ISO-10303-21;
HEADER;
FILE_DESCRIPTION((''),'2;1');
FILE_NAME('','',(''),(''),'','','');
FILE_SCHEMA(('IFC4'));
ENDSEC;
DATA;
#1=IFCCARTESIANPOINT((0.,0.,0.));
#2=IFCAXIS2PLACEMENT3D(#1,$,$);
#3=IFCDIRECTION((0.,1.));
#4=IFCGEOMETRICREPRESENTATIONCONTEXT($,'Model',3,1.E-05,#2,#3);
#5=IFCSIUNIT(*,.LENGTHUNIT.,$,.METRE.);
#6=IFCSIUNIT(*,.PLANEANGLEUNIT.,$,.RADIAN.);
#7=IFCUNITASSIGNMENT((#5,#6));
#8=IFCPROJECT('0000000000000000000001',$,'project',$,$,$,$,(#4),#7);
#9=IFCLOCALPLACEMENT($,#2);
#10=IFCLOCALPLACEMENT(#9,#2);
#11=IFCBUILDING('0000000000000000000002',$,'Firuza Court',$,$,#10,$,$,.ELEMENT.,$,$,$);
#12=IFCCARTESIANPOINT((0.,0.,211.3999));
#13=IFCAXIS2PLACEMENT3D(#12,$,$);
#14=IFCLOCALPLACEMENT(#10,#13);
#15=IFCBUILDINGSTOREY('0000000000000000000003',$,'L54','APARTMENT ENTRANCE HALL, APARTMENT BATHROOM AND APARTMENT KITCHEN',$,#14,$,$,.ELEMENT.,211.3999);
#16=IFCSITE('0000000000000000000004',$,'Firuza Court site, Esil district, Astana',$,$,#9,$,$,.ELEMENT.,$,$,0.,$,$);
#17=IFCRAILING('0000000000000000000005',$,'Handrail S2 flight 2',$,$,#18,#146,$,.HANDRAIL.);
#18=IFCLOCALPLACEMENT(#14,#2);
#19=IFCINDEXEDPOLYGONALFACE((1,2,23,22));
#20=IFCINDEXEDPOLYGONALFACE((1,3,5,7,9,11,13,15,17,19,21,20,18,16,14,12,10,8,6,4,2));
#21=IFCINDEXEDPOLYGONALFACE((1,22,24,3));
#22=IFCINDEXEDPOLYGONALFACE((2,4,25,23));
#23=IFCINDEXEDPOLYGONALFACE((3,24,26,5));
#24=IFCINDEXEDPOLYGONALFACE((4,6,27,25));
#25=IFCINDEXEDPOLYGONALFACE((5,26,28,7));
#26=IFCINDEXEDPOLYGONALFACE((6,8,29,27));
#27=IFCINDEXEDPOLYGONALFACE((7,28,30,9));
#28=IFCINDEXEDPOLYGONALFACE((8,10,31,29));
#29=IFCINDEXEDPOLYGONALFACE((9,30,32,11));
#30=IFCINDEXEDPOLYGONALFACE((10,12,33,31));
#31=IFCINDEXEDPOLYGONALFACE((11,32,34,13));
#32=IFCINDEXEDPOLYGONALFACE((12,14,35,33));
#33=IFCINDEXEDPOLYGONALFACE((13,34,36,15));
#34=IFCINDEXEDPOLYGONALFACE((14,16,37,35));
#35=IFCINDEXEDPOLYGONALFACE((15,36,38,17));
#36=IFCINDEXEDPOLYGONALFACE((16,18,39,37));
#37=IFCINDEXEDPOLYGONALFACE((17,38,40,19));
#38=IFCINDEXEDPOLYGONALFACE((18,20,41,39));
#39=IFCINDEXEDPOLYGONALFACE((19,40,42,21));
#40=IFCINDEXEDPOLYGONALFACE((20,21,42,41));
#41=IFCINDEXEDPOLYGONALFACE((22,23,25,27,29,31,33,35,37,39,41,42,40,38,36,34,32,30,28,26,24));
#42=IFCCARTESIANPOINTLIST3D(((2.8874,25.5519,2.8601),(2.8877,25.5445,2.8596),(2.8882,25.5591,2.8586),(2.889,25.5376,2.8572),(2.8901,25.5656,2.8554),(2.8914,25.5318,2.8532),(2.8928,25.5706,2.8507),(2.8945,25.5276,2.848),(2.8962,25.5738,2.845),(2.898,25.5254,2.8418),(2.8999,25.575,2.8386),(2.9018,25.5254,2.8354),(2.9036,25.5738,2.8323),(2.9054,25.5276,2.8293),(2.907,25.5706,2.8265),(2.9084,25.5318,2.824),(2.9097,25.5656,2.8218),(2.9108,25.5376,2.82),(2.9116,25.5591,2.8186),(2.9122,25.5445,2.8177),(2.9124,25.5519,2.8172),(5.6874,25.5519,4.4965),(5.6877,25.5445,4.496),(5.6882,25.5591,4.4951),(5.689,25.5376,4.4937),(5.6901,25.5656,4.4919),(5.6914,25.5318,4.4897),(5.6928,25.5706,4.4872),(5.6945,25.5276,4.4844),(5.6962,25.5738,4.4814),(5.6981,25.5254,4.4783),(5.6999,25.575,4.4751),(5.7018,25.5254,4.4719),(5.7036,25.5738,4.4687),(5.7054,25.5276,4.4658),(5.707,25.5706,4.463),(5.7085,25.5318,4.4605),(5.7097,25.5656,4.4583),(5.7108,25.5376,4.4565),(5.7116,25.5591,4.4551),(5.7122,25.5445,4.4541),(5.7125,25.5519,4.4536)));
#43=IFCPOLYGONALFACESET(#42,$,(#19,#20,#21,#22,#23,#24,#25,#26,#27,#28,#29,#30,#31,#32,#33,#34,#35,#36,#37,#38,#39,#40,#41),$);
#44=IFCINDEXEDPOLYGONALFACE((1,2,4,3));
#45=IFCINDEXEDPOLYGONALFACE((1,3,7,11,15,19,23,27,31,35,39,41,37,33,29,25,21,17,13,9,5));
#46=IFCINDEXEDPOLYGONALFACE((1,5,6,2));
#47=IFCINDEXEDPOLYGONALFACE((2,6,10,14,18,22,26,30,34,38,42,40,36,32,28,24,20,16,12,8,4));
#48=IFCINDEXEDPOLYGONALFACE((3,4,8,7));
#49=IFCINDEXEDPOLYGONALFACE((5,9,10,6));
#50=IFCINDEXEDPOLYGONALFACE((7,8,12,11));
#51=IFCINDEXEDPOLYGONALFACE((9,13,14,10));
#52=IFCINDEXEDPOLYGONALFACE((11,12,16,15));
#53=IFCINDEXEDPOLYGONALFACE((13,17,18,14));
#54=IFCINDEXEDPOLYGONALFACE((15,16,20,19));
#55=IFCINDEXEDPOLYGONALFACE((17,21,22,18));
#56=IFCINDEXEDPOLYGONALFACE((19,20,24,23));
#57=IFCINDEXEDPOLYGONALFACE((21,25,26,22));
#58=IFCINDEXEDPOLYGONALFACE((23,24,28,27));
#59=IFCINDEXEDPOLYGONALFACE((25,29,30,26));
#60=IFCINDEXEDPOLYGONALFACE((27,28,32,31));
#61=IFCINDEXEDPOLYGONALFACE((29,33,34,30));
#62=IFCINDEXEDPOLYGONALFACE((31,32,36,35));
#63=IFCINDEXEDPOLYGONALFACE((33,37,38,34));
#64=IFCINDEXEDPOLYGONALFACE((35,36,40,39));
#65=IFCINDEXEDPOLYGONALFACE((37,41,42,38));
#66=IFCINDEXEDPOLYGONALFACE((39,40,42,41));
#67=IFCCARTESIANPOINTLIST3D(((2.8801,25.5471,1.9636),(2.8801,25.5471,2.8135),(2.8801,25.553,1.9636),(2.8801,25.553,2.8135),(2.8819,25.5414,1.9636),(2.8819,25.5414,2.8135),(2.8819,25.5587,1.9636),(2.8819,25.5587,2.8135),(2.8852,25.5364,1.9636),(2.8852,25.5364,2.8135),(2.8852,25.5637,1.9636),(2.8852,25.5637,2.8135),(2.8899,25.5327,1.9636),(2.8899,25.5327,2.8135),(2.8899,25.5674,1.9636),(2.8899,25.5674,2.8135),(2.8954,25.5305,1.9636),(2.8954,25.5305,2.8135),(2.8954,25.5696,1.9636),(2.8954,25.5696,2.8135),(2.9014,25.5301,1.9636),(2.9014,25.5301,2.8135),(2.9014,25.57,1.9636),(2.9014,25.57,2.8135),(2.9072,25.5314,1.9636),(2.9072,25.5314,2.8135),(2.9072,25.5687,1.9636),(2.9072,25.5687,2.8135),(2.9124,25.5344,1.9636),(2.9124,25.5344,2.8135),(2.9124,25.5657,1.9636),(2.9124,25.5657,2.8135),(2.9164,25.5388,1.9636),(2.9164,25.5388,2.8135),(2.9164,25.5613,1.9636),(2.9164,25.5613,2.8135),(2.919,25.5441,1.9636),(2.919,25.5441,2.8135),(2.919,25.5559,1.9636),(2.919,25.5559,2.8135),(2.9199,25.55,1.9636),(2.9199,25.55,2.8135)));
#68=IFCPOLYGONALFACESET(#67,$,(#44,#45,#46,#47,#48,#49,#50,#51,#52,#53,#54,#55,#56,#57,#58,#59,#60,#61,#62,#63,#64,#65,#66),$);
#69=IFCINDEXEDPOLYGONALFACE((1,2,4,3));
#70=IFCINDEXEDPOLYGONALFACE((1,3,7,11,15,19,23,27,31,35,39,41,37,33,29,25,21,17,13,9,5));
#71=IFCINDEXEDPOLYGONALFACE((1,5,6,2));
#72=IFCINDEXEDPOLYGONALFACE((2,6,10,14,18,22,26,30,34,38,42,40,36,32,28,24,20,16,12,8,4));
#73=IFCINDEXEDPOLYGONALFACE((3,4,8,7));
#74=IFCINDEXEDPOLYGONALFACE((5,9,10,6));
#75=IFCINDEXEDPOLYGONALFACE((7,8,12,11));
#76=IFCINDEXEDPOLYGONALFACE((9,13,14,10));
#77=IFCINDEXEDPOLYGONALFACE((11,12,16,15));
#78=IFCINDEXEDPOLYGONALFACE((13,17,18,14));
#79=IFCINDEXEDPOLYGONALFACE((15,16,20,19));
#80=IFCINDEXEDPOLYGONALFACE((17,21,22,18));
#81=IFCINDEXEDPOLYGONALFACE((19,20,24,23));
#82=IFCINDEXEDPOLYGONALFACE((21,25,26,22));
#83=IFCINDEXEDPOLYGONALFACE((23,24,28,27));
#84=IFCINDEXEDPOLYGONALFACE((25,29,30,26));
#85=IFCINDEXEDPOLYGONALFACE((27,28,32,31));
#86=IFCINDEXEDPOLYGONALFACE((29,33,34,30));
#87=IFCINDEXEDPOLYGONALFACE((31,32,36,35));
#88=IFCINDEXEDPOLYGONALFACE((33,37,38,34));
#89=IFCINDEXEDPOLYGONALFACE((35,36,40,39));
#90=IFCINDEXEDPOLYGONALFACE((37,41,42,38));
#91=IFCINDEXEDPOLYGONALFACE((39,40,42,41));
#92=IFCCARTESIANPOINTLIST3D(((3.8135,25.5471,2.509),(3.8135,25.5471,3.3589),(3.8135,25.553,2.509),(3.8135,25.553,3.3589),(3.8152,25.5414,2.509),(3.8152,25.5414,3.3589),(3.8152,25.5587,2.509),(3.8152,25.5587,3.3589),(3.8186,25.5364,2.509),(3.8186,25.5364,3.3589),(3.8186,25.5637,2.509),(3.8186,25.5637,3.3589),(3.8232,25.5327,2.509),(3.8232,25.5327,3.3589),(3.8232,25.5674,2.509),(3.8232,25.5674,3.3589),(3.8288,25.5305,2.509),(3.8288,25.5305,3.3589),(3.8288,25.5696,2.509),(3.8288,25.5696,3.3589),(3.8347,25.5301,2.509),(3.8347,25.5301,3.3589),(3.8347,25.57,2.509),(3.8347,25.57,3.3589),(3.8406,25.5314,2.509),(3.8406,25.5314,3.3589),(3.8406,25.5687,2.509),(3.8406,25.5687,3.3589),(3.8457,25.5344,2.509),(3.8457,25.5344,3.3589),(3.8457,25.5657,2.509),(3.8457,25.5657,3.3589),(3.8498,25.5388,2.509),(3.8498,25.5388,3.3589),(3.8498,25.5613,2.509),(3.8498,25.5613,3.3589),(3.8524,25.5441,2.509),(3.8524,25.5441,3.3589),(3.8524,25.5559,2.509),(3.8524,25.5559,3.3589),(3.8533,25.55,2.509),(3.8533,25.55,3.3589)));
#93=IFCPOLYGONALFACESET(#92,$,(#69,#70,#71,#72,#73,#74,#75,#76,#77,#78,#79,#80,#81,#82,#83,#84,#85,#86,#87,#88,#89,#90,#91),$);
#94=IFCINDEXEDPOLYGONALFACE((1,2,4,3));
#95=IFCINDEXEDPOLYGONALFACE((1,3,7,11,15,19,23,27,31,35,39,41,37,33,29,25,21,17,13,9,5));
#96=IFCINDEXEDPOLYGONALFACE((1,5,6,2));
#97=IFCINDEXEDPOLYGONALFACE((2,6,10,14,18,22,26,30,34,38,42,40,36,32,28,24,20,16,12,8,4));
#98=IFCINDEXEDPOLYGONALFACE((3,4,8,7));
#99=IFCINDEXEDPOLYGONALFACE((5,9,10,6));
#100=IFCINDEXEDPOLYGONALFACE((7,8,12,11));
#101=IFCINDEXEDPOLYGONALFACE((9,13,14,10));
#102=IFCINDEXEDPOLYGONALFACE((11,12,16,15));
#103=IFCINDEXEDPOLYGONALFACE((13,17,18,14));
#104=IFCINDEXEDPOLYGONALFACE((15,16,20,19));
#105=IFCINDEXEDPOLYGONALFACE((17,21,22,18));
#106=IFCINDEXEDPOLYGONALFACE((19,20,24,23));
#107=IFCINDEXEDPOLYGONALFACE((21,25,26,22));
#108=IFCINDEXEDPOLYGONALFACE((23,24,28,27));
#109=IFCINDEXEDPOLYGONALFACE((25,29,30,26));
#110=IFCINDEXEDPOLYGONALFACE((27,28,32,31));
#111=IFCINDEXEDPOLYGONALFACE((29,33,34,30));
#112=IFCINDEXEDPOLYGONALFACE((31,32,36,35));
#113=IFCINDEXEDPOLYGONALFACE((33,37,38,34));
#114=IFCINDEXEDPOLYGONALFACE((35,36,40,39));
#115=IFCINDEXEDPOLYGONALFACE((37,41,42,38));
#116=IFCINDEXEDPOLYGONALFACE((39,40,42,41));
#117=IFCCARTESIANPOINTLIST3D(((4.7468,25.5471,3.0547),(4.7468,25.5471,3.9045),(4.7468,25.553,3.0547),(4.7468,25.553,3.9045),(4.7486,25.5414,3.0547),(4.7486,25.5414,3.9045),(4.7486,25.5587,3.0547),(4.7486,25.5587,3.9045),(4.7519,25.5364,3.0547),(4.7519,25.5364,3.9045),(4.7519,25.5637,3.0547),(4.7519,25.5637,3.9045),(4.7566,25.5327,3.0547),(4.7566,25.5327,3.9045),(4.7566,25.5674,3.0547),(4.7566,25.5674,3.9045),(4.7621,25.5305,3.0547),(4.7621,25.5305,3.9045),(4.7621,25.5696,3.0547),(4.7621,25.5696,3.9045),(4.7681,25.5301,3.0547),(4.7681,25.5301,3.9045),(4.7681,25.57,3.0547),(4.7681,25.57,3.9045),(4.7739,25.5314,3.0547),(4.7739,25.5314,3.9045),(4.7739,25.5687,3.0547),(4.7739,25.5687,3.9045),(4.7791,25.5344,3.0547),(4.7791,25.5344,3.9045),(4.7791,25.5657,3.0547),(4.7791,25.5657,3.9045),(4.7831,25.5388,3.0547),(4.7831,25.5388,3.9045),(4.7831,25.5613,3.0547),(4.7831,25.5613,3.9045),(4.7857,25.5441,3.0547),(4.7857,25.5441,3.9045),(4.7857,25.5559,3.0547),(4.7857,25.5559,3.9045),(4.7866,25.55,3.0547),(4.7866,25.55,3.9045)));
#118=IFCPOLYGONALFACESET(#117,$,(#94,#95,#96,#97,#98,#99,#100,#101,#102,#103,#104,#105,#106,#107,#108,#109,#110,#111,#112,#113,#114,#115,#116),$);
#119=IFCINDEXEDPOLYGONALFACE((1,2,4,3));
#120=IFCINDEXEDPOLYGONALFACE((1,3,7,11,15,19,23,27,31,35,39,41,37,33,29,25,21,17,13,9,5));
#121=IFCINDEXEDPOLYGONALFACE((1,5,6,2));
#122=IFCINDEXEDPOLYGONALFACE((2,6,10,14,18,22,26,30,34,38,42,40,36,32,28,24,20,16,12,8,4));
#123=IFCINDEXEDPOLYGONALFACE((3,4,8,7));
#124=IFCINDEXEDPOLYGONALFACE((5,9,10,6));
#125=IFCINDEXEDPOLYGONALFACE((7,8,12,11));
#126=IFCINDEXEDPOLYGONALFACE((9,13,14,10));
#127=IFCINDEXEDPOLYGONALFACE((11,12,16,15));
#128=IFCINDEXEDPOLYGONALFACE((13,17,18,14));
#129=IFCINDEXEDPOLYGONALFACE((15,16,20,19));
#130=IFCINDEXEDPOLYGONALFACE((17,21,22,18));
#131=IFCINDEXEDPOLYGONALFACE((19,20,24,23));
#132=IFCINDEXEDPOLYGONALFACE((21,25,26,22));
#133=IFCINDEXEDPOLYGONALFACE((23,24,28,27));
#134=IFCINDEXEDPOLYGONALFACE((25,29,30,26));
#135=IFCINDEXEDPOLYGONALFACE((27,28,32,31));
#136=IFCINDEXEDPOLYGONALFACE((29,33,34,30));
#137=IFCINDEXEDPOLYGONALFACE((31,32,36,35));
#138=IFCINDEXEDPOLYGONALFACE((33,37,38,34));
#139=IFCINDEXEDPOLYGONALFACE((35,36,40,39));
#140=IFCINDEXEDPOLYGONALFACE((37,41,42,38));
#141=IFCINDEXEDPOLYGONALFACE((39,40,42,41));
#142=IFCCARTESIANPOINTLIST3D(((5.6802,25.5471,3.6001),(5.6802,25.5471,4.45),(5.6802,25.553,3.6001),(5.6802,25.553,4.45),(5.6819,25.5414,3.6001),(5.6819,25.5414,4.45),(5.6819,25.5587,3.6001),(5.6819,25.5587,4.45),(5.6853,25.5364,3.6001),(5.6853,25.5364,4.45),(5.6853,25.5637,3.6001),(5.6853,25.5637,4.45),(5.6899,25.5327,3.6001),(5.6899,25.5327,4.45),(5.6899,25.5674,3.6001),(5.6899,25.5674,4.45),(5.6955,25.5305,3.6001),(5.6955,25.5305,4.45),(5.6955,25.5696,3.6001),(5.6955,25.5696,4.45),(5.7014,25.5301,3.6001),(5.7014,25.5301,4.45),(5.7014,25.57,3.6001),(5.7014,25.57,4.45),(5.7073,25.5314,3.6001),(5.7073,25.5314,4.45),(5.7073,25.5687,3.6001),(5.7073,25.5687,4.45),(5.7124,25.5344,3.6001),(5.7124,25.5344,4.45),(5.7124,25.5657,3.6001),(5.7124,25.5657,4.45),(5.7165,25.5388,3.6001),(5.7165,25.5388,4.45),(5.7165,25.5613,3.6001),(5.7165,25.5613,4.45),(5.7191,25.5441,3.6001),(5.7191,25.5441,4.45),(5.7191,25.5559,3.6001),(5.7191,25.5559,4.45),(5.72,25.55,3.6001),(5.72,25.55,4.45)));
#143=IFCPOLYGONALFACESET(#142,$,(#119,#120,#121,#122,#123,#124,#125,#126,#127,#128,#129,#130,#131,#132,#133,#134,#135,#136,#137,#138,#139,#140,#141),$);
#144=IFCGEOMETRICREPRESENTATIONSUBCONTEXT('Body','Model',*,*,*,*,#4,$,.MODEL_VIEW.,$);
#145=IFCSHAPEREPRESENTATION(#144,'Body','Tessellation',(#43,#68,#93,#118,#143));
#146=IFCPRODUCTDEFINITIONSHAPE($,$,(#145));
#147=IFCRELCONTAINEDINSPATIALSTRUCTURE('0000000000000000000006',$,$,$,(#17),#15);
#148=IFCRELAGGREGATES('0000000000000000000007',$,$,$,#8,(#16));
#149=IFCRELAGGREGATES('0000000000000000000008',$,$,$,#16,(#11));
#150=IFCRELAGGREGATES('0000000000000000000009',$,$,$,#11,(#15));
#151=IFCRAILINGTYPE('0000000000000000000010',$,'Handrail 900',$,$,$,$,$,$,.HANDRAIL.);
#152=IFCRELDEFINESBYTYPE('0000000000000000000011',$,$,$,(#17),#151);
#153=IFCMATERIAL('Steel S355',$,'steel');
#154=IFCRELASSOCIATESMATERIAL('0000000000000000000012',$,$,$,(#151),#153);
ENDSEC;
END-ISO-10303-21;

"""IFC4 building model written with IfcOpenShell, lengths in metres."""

from ifc_helpers import new_model, si_unit, direction, frame, origin, origin_2d, place, context, subcontext, project, spatial, circle, extrude, material, type_object, element, save


model = new_model("IFC4")

# Units and contexts
model_context = context("Model", 3, precision=1e-05, world=origin(), true_north=direction((0.0, 1.0)))
body_context = subcontext(model_context, "Body", "Model", "MODEL_VIEW")
ifc_project = project(units=[si_unit("LENGTHUNIT", "METRE"), si_unit("PLANEANGLEUNIT", "RADIAN")], contexts=[model_context])

# Site, building, storey
site_placement = place(None, origin())
site = spatial("IfcSite", under=ifc_project, at=site_placement, Name="Firuza Court site, Esil district, Astana", CompositionType="ELEMENT", RefElevation=0.0)
building_placement = place(site_placement, origin())
building = spatial("IfcBuilding", under=site, at=building_placement, Name="Firuza Court", CompositionType="ELEMENT")
storey_placement = place(building_placement, frame((0.0, 0.0, 211.3999)))
storey = spatial("IfcBuildingStorey", under=building, at=storey_placement, Name="L54", Description="APARTMENT ENTRANCE HALL, APARTMENT BATHROOM AND APARTMENT KITCHEN", CompositionType="ELEMENT", Elevation=211.3999)

# Railing
ifc_material_1 = material(Name="Steel S355", Category="steel")
railing_type = type_object("IfcRailingType", Name="Handrail 900", PredefinedType="HANDRAIL", material=ifc_material_1)
railing_placement = place(storey_placement, frame((2.8999, 25.55, 1.9636)))
element("IfcRailing", 1, at=railing_placement, inside=storey, type_object=railing_type, Name="Handrail S2 flight 2", PredefinedType="HANDRAIL", context=body_context, shape_type="SweptSolid", body=[
    extrude(circle(Radius=0.0249, at=origin_2d()), frame((0.0, 0.0, 0.875), z_axis=(0.863361, 0.0, 0.504587), x_axis=(0.0, 1.0, 0.0)), (0.0, 0.0, 1.0), 3.2432),
    extrude(circle(Radius=0.02, at=origin_2d()), origin(), (0.0, 0.0, 1.0), 0.8499),
    extrude(circle(Radius=0.02, at=origin_2d()), frame((0.9333, 0.0, 0.5454)), (0.0, 0.0, 1.0), 0.8499),
    extrude(circle(Radius=0.02, at=origin_2d()), frame((1.8667, 0.0, 1.0911)), (0.0, 0.0, 1.0), 0.8499),
    extrude(circle(Radius=0.02, at=origin_2d()), frame((2.8, 0.0, 1.6365)), (0.0, 0.0, 1.0), 0.8499),
])

save(model, "model.ifc")
